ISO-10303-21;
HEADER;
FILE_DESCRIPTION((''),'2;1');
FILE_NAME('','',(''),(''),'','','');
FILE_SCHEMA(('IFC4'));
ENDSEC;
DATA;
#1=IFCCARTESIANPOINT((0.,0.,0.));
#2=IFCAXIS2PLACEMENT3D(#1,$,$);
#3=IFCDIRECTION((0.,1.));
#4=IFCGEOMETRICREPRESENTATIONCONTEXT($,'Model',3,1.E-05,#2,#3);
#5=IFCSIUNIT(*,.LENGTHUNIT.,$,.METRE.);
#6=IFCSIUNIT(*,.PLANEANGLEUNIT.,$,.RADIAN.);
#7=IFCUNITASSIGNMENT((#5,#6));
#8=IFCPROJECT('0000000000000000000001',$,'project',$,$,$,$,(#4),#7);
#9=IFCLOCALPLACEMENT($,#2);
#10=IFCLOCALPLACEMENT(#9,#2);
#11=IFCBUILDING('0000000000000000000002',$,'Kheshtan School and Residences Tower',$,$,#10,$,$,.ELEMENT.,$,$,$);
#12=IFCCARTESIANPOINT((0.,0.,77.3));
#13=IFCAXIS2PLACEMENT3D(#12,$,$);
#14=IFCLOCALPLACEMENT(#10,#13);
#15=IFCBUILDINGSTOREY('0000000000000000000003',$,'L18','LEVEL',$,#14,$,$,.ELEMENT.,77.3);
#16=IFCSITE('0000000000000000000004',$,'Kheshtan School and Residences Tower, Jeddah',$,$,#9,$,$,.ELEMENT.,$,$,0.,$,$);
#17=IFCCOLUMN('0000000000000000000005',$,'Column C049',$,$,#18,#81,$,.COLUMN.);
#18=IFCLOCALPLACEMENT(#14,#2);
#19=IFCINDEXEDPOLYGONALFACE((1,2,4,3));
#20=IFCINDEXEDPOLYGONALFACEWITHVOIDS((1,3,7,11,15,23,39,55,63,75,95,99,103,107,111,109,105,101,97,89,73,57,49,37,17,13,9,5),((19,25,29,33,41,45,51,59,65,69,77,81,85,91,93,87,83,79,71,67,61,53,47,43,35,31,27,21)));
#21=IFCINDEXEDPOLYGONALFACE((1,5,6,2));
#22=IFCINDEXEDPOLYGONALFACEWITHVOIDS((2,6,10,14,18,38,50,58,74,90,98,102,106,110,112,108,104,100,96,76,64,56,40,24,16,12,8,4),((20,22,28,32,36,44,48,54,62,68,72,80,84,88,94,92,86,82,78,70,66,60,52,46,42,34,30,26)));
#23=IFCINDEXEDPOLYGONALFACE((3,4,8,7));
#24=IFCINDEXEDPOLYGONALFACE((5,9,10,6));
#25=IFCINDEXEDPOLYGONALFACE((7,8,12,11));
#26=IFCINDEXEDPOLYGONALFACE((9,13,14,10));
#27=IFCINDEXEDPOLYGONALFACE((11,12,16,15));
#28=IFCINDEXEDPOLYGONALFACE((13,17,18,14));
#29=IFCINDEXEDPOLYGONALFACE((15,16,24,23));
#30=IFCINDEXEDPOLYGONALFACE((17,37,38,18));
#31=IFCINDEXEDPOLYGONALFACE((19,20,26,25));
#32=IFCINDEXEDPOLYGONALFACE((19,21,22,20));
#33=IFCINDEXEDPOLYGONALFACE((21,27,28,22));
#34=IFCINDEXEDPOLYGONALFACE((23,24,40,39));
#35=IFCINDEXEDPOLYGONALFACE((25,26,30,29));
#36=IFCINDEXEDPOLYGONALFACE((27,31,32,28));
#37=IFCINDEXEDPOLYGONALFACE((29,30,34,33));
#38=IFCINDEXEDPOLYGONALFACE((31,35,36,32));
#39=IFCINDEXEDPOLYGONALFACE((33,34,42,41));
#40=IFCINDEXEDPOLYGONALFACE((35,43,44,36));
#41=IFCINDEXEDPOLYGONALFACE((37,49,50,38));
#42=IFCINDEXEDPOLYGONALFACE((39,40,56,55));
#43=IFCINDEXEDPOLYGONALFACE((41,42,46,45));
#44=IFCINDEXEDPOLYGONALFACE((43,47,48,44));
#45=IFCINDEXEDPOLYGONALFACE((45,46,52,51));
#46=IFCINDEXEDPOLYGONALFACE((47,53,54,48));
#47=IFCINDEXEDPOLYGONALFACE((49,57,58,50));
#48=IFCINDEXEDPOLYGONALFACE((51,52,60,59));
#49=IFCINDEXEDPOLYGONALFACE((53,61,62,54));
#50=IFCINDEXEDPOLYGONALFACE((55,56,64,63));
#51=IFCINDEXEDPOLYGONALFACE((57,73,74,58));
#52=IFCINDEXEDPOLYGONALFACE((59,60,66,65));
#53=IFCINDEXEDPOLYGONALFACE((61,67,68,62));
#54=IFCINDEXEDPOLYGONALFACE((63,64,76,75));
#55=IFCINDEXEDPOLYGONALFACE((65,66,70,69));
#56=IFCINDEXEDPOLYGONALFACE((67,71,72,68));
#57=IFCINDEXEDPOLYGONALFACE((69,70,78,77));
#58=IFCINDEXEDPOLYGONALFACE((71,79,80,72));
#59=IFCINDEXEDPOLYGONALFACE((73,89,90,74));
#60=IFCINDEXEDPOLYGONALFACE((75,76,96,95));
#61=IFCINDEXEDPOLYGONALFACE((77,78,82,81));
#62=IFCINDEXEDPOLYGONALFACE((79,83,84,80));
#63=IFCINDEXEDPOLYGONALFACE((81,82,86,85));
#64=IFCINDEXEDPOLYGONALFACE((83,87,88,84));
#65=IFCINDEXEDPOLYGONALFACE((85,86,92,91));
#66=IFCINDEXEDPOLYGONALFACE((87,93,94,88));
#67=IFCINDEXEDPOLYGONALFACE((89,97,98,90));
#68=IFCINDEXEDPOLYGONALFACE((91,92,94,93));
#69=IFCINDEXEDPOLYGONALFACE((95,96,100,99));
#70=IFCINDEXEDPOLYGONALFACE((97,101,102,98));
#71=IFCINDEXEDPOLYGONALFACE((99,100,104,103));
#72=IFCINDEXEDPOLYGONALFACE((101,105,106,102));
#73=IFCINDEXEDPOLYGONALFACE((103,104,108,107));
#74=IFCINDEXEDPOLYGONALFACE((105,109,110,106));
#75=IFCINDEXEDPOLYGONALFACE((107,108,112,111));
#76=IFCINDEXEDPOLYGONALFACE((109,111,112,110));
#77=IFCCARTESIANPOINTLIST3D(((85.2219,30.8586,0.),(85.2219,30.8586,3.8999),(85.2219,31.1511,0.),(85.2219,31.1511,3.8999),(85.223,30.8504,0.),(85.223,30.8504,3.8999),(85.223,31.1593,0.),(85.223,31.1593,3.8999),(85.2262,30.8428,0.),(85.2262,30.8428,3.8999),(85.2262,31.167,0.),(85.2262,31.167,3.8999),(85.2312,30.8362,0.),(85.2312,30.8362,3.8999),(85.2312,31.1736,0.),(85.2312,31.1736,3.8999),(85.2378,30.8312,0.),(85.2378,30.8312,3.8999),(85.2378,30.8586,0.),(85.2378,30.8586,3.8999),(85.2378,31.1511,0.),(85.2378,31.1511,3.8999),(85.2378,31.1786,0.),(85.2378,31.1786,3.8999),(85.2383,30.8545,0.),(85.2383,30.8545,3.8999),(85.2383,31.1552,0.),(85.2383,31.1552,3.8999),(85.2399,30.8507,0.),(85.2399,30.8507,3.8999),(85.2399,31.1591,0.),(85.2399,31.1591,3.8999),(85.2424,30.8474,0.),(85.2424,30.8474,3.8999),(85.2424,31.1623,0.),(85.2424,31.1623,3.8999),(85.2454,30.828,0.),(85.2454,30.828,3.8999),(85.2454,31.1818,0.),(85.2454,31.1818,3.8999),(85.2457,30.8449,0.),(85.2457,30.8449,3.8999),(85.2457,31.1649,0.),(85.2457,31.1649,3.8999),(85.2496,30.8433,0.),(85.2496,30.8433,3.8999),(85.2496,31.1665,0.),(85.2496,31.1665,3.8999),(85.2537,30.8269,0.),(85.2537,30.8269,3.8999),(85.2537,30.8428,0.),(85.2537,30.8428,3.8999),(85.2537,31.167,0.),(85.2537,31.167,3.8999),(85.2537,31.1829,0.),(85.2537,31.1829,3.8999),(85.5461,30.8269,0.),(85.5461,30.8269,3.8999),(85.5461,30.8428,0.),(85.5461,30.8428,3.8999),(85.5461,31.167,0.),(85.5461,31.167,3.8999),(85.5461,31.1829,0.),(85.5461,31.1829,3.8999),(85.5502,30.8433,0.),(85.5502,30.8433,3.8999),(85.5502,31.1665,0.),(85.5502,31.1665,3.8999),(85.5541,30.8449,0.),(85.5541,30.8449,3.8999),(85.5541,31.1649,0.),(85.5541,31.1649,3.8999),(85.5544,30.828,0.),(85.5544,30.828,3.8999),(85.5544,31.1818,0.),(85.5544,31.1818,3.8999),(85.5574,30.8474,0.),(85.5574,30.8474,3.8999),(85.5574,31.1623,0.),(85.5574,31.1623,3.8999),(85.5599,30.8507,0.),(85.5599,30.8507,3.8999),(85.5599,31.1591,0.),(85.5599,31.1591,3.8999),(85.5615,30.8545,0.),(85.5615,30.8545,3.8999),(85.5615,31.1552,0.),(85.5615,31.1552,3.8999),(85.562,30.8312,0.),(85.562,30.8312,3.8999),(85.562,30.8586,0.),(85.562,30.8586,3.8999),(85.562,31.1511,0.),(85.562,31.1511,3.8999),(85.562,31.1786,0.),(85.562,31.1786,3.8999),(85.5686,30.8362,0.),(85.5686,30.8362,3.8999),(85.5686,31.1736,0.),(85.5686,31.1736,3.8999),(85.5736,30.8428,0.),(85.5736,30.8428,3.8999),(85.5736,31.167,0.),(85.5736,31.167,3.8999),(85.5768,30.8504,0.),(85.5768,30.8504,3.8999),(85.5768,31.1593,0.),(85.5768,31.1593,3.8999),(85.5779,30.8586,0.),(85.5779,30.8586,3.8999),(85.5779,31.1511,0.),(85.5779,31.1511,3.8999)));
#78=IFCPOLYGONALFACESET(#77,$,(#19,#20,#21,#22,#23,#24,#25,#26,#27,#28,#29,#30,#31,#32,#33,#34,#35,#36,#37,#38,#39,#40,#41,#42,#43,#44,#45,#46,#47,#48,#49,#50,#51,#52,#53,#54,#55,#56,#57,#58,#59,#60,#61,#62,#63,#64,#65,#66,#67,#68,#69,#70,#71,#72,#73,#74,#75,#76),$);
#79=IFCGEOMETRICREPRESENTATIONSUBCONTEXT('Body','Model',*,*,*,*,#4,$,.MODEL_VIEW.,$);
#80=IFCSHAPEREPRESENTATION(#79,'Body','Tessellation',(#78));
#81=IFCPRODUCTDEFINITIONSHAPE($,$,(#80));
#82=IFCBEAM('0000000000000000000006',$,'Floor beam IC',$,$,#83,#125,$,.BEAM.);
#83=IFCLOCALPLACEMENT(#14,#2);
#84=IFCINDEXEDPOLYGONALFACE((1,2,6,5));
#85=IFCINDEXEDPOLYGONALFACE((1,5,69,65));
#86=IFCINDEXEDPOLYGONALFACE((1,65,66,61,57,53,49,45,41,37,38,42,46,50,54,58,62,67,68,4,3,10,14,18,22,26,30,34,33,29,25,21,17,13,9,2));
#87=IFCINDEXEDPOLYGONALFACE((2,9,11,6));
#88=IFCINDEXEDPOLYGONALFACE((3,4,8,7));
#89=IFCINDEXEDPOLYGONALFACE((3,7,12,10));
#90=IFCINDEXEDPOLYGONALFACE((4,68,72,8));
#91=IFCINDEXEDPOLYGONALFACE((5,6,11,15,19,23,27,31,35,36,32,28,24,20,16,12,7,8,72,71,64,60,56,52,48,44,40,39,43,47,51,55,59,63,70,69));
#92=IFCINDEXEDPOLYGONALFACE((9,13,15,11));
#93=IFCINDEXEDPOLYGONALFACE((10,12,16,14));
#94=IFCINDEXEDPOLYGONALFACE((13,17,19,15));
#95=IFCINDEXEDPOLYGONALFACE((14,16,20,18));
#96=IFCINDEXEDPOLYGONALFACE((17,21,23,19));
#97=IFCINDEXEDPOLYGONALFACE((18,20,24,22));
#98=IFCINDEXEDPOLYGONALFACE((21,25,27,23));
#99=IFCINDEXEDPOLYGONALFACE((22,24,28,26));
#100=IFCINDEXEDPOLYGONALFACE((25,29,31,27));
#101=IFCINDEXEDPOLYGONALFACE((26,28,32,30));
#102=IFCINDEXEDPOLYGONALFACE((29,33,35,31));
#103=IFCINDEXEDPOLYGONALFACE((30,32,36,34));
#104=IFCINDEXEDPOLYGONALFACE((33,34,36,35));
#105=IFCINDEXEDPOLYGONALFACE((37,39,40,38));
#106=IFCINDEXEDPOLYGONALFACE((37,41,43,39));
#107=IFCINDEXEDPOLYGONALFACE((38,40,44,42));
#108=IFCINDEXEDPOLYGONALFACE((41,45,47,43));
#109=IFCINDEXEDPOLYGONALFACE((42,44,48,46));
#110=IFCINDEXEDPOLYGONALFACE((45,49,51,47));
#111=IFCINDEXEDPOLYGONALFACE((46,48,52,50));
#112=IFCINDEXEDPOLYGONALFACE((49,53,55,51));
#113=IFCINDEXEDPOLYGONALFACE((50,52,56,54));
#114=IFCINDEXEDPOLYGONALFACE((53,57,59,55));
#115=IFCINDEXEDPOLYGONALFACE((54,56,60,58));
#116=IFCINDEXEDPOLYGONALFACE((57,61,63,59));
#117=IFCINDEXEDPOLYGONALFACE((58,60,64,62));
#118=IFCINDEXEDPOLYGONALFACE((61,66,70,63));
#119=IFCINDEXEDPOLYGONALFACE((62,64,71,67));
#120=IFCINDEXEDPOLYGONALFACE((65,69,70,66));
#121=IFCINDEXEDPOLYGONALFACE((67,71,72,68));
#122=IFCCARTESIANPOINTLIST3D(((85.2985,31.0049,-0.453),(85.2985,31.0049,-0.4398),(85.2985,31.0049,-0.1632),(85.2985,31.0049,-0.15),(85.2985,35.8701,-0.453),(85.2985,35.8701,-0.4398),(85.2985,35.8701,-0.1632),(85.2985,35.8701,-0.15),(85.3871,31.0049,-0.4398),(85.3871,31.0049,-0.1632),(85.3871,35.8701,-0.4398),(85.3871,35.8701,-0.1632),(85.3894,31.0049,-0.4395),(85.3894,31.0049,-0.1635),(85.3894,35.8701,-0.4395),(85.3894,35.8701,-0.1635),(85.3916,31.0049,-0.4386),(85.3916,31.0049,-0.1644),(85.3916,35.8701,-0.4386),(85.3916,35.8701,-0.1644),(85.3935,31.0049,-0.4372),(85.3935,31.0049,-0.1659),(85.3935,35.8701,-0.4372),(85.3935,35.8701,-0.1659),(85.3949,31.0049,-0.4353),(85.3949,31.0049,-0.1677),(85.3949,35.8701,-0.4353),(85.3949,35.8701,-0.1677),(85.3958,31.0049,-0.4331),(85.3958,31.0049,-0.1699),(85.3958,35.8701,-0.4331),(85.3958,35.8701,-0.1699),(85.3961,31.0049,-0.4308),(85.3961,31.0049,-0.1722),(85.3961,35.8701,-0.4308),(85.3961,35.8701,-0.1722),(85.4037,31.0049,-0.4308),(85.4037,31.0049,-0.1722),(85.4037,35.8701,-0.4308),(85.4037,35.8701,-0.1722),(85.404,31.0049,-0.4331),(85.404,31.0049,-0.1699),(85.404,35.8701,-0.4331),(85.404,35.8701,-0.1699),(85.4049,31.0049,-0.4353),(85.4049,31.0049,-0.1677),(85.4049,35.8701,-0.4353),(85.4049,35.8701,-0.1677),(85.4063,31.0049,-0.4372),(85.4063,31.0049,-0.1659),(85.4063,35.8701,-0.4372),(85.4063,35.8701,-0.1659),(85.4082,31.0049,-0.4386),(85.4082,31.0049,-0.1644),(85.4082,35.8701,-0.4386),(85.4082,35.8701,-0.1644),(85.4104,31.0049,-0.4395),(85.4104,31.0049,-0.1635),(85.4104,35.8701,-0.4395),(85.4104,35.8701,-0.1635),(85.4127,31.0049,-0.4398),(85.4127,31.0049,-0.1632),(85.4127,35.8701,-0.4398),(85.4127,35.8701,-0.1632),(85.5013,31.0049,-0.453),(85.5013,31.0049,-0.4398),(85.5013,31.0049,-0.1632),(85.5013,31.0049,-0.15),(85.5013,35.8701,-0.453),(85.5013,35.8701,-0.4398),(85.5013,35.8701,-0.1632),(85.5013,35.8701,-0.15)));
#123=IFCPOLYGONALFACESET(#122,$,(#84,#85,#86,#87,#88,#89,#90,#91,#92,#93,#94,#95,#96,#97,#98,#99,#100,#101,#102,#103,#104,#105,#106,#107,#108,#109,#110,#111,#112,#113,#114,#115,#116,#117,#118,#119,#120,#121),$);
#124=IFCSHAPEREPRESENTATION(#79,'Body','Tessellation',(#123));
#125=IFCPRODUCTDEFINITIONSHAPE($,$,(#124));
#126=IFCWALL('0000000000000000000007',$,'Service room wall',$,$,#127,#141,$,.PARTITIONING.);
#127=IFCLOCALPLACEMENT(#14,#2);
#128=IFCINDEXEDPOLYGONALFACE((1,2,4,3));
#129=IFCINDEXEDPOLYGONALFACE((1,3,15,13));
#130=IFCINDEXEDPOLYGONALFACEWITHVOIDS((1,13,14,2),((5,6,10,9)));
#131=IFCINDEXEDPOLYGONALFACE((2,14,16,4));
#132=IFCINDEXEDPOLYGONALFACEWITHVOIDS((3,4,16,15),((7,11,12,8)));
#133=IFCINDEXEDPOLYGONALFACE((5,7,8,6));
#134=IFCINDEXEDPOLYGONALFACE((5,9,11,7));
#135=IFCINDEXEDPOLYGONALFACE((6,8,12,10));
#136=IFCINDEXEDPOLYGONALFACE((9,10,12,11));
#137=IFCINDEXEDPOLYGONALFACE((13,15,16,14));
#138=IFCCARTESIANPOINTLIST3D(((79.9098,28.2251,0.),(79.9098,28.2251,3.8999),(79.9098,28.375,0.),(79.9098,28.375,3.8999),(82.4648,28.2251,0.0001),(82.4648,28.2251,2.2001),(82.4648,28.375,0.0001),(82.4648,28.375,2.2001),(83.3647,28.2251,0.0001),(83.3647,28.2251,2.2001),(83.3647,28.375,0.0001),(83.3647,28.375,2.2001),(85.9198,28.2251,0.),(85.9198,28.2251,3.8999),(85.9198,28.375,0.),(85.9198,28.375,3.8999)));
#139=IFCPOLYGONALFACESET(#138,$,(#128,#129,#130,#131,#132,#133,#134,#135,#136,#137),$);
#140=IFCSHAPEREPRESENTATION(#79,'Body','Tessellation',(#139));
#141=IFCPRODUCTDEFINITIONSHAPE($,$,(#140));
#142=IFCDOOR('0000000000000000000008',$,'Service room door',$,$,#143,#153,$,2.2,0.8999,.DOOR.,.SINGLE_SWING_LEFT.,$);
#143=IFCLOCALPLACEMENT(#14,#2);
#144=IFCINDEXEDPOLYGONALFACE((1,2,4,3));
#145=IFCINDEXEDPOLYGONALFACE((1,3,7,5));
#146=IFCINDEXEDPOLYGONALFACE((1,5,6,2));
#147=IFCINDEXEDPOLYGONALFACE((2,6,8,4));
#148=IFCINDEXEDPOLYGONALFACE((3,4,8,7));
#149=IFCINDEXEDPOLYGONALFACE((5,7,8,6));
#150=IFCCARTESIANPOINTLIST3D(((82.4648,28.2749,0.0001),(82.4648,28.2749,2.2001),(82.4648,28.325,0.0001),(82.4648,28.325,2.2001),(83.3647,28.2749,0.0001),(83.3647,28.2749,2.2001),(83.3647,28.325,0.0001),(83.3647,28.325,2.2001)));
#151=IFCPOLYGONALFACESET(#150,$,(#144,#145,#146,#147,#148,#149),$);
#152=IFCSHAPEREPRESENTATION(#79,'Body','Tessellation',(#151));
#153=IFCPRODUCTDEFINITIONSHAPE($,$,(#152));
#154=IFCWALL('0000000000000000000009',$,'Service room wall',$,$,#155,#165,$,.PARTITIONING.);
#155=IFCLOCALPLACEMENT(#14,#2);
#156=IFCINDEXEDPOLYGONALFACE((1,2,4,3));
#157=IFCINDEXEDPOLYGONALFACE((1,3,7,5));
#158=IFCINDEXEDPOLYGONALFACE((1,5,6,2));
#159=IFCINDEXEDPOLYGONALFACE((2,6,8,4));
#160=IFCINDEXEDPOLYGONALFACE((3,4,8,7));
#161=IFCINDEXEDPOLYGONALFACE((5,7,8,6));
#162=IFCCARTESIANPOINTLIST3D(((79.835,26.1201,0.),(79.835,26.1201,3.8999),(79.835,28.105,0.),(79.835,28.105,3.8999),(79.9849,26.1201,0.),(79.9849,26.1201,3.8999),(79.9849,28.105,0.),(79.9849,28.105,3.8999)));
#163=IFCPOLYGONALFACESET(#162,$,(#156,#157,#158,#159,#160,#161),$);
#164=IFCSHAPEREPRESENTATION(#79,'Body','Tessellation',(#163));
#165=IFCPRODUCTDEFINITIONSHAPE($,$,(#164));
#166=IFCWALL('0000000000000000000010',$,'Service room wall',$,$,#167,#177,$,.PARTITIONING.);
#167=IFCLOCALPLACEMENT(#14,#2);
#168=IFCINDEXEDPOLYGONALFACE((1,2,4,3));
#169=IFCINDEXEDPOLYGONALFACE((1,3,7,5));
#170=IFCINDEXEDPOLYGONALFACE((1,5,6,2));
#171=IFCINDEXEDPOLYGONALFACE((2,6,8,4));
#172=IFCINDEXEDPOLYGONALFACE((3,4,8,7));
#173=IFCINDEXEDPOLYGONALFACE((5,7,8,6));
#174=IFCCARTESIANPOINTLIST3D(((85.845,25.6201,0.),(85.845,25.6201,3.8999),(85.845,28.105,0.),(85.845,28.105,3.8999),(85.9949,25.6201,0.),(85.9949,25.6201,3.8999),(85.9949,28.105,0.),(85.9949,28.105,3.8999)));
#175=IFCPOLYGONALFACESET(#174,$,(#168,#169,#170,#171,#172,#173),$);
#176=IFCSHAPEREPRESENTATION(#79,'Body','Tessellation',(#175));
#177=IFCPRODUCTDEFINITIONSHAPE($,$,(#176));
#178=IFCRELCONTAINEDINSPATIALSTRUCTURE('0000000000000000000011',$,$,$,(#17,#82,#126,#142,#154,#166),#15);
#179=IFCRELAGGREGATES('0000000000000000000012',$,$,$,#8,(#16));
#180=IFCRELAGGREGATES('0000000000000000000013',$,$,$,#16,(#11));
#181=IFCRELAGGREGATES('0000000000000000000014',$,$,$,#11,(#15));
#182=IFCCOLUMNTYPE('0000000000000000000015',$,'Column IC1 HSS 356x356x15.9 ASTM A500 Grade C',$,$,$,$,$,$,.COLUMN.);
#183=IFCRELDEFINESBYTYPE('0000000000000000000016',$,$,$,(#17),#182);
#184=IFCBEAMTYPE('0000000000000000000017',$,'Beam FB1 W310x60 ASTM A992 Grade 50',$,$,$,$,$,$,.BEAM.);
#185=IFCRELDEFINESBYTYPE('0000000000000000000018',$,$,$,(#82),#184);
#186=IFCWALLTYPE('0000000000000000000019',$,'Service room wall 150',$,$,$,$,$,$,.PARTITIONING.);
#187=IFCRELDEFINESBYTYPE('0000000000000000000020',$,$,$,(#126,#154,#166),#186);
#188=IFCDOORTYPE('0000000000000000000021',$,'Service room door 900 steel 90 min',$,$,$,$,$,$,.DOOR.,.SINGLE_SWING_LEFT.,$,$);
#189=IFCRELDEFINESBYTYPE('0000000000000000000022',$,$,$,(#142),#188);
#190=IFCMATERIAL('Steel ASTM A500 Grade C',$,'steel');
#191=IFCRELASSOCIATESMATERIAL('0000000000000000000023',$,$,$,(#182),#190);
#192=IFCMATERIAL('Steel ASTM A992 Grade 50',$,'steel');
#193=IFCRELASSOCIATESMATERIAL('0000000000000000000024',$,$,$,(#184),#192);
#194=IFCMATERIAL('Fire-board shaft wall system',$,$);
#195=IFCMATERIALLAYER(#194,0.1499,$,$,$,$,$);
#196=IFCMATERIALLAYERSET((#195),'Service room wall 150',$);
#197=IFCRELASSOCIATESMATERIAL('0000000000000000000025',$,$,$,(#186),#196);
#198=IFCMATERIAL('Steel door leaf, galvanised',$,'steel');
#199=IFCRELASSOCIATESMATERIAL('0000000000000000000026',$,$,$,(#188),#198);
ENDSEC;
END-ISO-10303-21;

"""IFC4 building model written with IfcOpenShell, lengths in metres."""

from ifc_helpers import new_model, si_unit, direction, frame, frame_2d, origin, origin_2d, place, context, subcontext, project, spatial, rectangle, hollow_rectangle, i_section, extrude, source, transform, mapped, material, layer, layer_set, material_profile, profile_set, type_object, element, fill, save


model = new_model("IFC4")

# Units and contexts
model_context = context("Model", 3, precision=1e-05, world=origin(), true_north=direction((0.0, 1.0)))
body_context = subcontext(model_context, "Body", "Model", "MODEL_VIEW")
ifc_project = project(units=[si_unit("LENGTHUNIT", "METRE"), si_unit("PLANEANGLEUNIT", "RADIAN")], contexts=[model_context])

# Site, building, storey
site_placement = place(None, origin())
site = spatial("IfcSite", under=ifc_project, at=site_placement, Name="Kheshtan School and Residences Tower, Jeddah", CompositionType="ELEMENT", RefElevation=0.0)
building_placement = place(site_placement, origin())
building = spatial("IfcBuilding", under=site, at=building_placement, Name="Kheshtan School and Residences Tower", CompositionType="ELEMENT")
storey_placement = place(building_placement, frame((0.0, 0.0, 77.3)))
storey = spatial("IfcBuildingStorey", under=building, at=storey_placement, Name="L18", Description="LEVEL", CompositionType="ELEMENT", Elevation=77.3)

# Column
ifc_material_1 = material(Name="Steel ASTM A500 Grade C", Category="steel")
ifc_material_profile_1 = material_profile(ifc_material_1, hollow_rectangle(XDim=0.356, YDim=0.356, WallThickness=0.0159, InnerFilletRadius=0.0159, OuterFilletRadius=0.0317, at=origin_2d()), Name="HSS 356x356x15.9")
ifc_profile_set_1 = profile_set([ifc_material_profile_1], Name="Steel ASTM A500 Grade C")
column_type = type_object("IfcColumnType", Name="Column IC1 HSS 356x356x15.9 ASTM A500 Grade C", PredefinedType="COLUMN", material=ifc_profile_set_1)
column_placement = place(storey_placement, frame((85.3999, 31.0049, 0.0), z_axis=(0.0, 0.0, 1.0), x_axis=(1.0, 0.0, 0.0)))
element("IfcColumn", 1, at=column_placement, inside=storey, type_object=column_type, Name="Column C049", PredefinedType="COLUMN", context=body_context, shape_type="SweptSolid", body=[
    extrude(hollow_rectangle(XDim=0.356, YDim=0.356, WallThickness=0.0159, InnerFilletRadius=0.0159, OuterFilletRadius=0.0317, at=origin_2d()), origin(), (0.0, 0.0, 1.0), 3.8999),
])

# Beam
ifc_material_2 = material(Name="Steel ASTM A992 Grade 50", Category="steel")
ifc_material_profile_2 = material_profile(ifc_material_2, i_section(OverallWidth=0.2029, OverallDepth=0.303, WebThickness=0.0076, FlangeThickness=0.0132, FilletRadius=0.009, at=origin_2d()), Name="W310x60")
ifc_profile_set_2 = profile_set([ifc_material_profile_2], Name="Steel ASTM A992 Grade 50")
beam_type = type_object("IfcBeamType", Name="Beam FB1 W310x60 ASTM A992 Grade 50", PredefinedType="BEAM", material=ifc_profile_set_2)
beam_placement = place(storey_placement, frame((85.3999, 31.0049, -0.3015), z_axis=(0.0, 1.0, 0.0), x_axis=(-1.0, 0.0, 0.0)))
element("IfcBeam", 2, at=beam_placement, inside=storey, type_object=beam_type, Name="Floor beam IC", PredefinedType="BEAM", context=body_context, shape_type="SweptSolid", body=[
    extrude(i_section(OverallWidth=0.2029, OverallDepth=0.303, WebThickness=0.0076, FlangeThickness=0.0132, FilletRadius=0.009, at=origin_2d()), origin(), (0.0, 0.0, 1.0), 4.8652),
])

# Wall, opening, door
ifc_material_3 = material(Name="Fire-board shaft wall system")
ifc_layer_1 = layer(ifc_material_3, 0.1499)
ifc_layer_set_1 = layer_set([ifc_layer_1], Name="Service room wall 150")
wall_type_1 = type_object("IfcWallType", Name="Service room wall 150", PredefinedType="PARTITIONING", material=ifc_layer_set_1)
wall_1_placement = place(storey_placement, frame((79.9099, 28.3, 0.0), z_axis=(0.0, 0.0, 1.0), x_axis=(1.0, 0.0, 0.0)))
wall_1 = element("IfcWall", 3, at=wall_1_placement, inside=storey, type_object=wall_type_1, Name="Service room wall", PredefinedType="PARTITIONING", context=body_context, shape_type="SweptSolid", body=[
    extrude(rectangle(XDim=6.01, YDim=0.1499, at=frame_2d((3.0049, 0.0))), origin(), (0.0, 0.0, 1.0), 3.8999),
])
opening_1_placement = place(wall_1_placement, frame((2.5549, 0.0, 0.0)))
opening_1 = element("IfcOpeningElement", 4, at=opening_1_placement, cuts=wall_1, PredefinedType="OPENING", context=body_context, shape_type="SweptSolid", body=[
    extrude(rectangle(XDim=0.8999, YDim=2.2, at=frame_2d((0.45, 1.1001))), frame((0.0, 0.085, 0.0), z_axis=(0.0, -1.0, 0.0), x_axis=(1.0, 0.0, 0.0)), (0.0, 0.0, 1.0), 0.1699),
])
ifc_material_4 = material(Name="Steel door leaf, galvanised", Category="steel")
door_type_1 = type_object("IfcDoorType", Name="Service room door 900 steel 90 min", OperationType="SINGLE_SWING_LEFT", PredefinedType="DOOR", material=ifc_material_4)
shared_shape_1 = source(origin(), body_context, "Body", "SweptSolid", [
    extrude(rectangle(XDim=0.8999, YDim=2.2, at=frame_2d((0.45, 1.1001))), frame((0.0, 0.0249, 0.0), z_axis=(0.0, -1.0, 0.0), x_axis=(1.0, 0.0, 0.0)), (0.0, 0.0, 1.0), 0.05),
])
door_1_placement = place(opening_1_placement, origin())
door_1 = element("IfcDoor", 5, at=door_1_placement, inside=storey, type_object=door_type_1, Name="Service room door", OperationType="SINGLE_SWING_LEFT", OverallHeight=2.2, OverallWidth=0.8999, PredefinedType="DOOR", context=body_context, shape_type="MappedRepresentation", body=[
    mapped(shared_shape_1, transform((0.0, 0.0, 0.0), x_axis=(1.0, 0.0, 0.0), y_axis=(0.0, 1.0, 0.0), z_axis=(0.0, 0.0, 1.0), scale=1.0)),
])
fill(opening_1, door_1)

# Walls
wall_2_placement = place(storey_placement, frame((79.9099, 26.1201, 0.0), z_axis=(0.0, 0.0, 1.0), x_axis=(0.0, 1.0, 0.0)))
element("IfcWall", 6, at=wall_2_placement, inside=storey, type_object=wall_type_1, Name="Service room wall", PredefinedType="PARTITIONING", context=body_context, shape_type="SweptSolid", body=[
    extrude(rectangle(XDim=1.9849, YDim=0.1499, at=frame_2d((0.9924, 0.0))), origin(), (0.0, 0.0, 1.0), 3.8999),
])
wall_3_placement = place(storey_placement, frame((85.9199, 25.6201, 0.0), z_axis=(0.0, 0.0, 1.0), x_axis=(0.0, 1.0, 0.0)))
element("IfcWall", 7, at=wall_3_placement, inside=storey, type_object=wall_type_1, Name="Service room wall", PredefinedType="PARTITIONING", context=body_context, shape_type="SweptSolid", body=[
    extrude(rectangle(XDim=2.4849, YDim=0.1499, at=frame_2d((1.2424, 0.0))), origin(), (0.0, 0.0, 1.0), 3.8999),
])

save(model, "model.ifc")
